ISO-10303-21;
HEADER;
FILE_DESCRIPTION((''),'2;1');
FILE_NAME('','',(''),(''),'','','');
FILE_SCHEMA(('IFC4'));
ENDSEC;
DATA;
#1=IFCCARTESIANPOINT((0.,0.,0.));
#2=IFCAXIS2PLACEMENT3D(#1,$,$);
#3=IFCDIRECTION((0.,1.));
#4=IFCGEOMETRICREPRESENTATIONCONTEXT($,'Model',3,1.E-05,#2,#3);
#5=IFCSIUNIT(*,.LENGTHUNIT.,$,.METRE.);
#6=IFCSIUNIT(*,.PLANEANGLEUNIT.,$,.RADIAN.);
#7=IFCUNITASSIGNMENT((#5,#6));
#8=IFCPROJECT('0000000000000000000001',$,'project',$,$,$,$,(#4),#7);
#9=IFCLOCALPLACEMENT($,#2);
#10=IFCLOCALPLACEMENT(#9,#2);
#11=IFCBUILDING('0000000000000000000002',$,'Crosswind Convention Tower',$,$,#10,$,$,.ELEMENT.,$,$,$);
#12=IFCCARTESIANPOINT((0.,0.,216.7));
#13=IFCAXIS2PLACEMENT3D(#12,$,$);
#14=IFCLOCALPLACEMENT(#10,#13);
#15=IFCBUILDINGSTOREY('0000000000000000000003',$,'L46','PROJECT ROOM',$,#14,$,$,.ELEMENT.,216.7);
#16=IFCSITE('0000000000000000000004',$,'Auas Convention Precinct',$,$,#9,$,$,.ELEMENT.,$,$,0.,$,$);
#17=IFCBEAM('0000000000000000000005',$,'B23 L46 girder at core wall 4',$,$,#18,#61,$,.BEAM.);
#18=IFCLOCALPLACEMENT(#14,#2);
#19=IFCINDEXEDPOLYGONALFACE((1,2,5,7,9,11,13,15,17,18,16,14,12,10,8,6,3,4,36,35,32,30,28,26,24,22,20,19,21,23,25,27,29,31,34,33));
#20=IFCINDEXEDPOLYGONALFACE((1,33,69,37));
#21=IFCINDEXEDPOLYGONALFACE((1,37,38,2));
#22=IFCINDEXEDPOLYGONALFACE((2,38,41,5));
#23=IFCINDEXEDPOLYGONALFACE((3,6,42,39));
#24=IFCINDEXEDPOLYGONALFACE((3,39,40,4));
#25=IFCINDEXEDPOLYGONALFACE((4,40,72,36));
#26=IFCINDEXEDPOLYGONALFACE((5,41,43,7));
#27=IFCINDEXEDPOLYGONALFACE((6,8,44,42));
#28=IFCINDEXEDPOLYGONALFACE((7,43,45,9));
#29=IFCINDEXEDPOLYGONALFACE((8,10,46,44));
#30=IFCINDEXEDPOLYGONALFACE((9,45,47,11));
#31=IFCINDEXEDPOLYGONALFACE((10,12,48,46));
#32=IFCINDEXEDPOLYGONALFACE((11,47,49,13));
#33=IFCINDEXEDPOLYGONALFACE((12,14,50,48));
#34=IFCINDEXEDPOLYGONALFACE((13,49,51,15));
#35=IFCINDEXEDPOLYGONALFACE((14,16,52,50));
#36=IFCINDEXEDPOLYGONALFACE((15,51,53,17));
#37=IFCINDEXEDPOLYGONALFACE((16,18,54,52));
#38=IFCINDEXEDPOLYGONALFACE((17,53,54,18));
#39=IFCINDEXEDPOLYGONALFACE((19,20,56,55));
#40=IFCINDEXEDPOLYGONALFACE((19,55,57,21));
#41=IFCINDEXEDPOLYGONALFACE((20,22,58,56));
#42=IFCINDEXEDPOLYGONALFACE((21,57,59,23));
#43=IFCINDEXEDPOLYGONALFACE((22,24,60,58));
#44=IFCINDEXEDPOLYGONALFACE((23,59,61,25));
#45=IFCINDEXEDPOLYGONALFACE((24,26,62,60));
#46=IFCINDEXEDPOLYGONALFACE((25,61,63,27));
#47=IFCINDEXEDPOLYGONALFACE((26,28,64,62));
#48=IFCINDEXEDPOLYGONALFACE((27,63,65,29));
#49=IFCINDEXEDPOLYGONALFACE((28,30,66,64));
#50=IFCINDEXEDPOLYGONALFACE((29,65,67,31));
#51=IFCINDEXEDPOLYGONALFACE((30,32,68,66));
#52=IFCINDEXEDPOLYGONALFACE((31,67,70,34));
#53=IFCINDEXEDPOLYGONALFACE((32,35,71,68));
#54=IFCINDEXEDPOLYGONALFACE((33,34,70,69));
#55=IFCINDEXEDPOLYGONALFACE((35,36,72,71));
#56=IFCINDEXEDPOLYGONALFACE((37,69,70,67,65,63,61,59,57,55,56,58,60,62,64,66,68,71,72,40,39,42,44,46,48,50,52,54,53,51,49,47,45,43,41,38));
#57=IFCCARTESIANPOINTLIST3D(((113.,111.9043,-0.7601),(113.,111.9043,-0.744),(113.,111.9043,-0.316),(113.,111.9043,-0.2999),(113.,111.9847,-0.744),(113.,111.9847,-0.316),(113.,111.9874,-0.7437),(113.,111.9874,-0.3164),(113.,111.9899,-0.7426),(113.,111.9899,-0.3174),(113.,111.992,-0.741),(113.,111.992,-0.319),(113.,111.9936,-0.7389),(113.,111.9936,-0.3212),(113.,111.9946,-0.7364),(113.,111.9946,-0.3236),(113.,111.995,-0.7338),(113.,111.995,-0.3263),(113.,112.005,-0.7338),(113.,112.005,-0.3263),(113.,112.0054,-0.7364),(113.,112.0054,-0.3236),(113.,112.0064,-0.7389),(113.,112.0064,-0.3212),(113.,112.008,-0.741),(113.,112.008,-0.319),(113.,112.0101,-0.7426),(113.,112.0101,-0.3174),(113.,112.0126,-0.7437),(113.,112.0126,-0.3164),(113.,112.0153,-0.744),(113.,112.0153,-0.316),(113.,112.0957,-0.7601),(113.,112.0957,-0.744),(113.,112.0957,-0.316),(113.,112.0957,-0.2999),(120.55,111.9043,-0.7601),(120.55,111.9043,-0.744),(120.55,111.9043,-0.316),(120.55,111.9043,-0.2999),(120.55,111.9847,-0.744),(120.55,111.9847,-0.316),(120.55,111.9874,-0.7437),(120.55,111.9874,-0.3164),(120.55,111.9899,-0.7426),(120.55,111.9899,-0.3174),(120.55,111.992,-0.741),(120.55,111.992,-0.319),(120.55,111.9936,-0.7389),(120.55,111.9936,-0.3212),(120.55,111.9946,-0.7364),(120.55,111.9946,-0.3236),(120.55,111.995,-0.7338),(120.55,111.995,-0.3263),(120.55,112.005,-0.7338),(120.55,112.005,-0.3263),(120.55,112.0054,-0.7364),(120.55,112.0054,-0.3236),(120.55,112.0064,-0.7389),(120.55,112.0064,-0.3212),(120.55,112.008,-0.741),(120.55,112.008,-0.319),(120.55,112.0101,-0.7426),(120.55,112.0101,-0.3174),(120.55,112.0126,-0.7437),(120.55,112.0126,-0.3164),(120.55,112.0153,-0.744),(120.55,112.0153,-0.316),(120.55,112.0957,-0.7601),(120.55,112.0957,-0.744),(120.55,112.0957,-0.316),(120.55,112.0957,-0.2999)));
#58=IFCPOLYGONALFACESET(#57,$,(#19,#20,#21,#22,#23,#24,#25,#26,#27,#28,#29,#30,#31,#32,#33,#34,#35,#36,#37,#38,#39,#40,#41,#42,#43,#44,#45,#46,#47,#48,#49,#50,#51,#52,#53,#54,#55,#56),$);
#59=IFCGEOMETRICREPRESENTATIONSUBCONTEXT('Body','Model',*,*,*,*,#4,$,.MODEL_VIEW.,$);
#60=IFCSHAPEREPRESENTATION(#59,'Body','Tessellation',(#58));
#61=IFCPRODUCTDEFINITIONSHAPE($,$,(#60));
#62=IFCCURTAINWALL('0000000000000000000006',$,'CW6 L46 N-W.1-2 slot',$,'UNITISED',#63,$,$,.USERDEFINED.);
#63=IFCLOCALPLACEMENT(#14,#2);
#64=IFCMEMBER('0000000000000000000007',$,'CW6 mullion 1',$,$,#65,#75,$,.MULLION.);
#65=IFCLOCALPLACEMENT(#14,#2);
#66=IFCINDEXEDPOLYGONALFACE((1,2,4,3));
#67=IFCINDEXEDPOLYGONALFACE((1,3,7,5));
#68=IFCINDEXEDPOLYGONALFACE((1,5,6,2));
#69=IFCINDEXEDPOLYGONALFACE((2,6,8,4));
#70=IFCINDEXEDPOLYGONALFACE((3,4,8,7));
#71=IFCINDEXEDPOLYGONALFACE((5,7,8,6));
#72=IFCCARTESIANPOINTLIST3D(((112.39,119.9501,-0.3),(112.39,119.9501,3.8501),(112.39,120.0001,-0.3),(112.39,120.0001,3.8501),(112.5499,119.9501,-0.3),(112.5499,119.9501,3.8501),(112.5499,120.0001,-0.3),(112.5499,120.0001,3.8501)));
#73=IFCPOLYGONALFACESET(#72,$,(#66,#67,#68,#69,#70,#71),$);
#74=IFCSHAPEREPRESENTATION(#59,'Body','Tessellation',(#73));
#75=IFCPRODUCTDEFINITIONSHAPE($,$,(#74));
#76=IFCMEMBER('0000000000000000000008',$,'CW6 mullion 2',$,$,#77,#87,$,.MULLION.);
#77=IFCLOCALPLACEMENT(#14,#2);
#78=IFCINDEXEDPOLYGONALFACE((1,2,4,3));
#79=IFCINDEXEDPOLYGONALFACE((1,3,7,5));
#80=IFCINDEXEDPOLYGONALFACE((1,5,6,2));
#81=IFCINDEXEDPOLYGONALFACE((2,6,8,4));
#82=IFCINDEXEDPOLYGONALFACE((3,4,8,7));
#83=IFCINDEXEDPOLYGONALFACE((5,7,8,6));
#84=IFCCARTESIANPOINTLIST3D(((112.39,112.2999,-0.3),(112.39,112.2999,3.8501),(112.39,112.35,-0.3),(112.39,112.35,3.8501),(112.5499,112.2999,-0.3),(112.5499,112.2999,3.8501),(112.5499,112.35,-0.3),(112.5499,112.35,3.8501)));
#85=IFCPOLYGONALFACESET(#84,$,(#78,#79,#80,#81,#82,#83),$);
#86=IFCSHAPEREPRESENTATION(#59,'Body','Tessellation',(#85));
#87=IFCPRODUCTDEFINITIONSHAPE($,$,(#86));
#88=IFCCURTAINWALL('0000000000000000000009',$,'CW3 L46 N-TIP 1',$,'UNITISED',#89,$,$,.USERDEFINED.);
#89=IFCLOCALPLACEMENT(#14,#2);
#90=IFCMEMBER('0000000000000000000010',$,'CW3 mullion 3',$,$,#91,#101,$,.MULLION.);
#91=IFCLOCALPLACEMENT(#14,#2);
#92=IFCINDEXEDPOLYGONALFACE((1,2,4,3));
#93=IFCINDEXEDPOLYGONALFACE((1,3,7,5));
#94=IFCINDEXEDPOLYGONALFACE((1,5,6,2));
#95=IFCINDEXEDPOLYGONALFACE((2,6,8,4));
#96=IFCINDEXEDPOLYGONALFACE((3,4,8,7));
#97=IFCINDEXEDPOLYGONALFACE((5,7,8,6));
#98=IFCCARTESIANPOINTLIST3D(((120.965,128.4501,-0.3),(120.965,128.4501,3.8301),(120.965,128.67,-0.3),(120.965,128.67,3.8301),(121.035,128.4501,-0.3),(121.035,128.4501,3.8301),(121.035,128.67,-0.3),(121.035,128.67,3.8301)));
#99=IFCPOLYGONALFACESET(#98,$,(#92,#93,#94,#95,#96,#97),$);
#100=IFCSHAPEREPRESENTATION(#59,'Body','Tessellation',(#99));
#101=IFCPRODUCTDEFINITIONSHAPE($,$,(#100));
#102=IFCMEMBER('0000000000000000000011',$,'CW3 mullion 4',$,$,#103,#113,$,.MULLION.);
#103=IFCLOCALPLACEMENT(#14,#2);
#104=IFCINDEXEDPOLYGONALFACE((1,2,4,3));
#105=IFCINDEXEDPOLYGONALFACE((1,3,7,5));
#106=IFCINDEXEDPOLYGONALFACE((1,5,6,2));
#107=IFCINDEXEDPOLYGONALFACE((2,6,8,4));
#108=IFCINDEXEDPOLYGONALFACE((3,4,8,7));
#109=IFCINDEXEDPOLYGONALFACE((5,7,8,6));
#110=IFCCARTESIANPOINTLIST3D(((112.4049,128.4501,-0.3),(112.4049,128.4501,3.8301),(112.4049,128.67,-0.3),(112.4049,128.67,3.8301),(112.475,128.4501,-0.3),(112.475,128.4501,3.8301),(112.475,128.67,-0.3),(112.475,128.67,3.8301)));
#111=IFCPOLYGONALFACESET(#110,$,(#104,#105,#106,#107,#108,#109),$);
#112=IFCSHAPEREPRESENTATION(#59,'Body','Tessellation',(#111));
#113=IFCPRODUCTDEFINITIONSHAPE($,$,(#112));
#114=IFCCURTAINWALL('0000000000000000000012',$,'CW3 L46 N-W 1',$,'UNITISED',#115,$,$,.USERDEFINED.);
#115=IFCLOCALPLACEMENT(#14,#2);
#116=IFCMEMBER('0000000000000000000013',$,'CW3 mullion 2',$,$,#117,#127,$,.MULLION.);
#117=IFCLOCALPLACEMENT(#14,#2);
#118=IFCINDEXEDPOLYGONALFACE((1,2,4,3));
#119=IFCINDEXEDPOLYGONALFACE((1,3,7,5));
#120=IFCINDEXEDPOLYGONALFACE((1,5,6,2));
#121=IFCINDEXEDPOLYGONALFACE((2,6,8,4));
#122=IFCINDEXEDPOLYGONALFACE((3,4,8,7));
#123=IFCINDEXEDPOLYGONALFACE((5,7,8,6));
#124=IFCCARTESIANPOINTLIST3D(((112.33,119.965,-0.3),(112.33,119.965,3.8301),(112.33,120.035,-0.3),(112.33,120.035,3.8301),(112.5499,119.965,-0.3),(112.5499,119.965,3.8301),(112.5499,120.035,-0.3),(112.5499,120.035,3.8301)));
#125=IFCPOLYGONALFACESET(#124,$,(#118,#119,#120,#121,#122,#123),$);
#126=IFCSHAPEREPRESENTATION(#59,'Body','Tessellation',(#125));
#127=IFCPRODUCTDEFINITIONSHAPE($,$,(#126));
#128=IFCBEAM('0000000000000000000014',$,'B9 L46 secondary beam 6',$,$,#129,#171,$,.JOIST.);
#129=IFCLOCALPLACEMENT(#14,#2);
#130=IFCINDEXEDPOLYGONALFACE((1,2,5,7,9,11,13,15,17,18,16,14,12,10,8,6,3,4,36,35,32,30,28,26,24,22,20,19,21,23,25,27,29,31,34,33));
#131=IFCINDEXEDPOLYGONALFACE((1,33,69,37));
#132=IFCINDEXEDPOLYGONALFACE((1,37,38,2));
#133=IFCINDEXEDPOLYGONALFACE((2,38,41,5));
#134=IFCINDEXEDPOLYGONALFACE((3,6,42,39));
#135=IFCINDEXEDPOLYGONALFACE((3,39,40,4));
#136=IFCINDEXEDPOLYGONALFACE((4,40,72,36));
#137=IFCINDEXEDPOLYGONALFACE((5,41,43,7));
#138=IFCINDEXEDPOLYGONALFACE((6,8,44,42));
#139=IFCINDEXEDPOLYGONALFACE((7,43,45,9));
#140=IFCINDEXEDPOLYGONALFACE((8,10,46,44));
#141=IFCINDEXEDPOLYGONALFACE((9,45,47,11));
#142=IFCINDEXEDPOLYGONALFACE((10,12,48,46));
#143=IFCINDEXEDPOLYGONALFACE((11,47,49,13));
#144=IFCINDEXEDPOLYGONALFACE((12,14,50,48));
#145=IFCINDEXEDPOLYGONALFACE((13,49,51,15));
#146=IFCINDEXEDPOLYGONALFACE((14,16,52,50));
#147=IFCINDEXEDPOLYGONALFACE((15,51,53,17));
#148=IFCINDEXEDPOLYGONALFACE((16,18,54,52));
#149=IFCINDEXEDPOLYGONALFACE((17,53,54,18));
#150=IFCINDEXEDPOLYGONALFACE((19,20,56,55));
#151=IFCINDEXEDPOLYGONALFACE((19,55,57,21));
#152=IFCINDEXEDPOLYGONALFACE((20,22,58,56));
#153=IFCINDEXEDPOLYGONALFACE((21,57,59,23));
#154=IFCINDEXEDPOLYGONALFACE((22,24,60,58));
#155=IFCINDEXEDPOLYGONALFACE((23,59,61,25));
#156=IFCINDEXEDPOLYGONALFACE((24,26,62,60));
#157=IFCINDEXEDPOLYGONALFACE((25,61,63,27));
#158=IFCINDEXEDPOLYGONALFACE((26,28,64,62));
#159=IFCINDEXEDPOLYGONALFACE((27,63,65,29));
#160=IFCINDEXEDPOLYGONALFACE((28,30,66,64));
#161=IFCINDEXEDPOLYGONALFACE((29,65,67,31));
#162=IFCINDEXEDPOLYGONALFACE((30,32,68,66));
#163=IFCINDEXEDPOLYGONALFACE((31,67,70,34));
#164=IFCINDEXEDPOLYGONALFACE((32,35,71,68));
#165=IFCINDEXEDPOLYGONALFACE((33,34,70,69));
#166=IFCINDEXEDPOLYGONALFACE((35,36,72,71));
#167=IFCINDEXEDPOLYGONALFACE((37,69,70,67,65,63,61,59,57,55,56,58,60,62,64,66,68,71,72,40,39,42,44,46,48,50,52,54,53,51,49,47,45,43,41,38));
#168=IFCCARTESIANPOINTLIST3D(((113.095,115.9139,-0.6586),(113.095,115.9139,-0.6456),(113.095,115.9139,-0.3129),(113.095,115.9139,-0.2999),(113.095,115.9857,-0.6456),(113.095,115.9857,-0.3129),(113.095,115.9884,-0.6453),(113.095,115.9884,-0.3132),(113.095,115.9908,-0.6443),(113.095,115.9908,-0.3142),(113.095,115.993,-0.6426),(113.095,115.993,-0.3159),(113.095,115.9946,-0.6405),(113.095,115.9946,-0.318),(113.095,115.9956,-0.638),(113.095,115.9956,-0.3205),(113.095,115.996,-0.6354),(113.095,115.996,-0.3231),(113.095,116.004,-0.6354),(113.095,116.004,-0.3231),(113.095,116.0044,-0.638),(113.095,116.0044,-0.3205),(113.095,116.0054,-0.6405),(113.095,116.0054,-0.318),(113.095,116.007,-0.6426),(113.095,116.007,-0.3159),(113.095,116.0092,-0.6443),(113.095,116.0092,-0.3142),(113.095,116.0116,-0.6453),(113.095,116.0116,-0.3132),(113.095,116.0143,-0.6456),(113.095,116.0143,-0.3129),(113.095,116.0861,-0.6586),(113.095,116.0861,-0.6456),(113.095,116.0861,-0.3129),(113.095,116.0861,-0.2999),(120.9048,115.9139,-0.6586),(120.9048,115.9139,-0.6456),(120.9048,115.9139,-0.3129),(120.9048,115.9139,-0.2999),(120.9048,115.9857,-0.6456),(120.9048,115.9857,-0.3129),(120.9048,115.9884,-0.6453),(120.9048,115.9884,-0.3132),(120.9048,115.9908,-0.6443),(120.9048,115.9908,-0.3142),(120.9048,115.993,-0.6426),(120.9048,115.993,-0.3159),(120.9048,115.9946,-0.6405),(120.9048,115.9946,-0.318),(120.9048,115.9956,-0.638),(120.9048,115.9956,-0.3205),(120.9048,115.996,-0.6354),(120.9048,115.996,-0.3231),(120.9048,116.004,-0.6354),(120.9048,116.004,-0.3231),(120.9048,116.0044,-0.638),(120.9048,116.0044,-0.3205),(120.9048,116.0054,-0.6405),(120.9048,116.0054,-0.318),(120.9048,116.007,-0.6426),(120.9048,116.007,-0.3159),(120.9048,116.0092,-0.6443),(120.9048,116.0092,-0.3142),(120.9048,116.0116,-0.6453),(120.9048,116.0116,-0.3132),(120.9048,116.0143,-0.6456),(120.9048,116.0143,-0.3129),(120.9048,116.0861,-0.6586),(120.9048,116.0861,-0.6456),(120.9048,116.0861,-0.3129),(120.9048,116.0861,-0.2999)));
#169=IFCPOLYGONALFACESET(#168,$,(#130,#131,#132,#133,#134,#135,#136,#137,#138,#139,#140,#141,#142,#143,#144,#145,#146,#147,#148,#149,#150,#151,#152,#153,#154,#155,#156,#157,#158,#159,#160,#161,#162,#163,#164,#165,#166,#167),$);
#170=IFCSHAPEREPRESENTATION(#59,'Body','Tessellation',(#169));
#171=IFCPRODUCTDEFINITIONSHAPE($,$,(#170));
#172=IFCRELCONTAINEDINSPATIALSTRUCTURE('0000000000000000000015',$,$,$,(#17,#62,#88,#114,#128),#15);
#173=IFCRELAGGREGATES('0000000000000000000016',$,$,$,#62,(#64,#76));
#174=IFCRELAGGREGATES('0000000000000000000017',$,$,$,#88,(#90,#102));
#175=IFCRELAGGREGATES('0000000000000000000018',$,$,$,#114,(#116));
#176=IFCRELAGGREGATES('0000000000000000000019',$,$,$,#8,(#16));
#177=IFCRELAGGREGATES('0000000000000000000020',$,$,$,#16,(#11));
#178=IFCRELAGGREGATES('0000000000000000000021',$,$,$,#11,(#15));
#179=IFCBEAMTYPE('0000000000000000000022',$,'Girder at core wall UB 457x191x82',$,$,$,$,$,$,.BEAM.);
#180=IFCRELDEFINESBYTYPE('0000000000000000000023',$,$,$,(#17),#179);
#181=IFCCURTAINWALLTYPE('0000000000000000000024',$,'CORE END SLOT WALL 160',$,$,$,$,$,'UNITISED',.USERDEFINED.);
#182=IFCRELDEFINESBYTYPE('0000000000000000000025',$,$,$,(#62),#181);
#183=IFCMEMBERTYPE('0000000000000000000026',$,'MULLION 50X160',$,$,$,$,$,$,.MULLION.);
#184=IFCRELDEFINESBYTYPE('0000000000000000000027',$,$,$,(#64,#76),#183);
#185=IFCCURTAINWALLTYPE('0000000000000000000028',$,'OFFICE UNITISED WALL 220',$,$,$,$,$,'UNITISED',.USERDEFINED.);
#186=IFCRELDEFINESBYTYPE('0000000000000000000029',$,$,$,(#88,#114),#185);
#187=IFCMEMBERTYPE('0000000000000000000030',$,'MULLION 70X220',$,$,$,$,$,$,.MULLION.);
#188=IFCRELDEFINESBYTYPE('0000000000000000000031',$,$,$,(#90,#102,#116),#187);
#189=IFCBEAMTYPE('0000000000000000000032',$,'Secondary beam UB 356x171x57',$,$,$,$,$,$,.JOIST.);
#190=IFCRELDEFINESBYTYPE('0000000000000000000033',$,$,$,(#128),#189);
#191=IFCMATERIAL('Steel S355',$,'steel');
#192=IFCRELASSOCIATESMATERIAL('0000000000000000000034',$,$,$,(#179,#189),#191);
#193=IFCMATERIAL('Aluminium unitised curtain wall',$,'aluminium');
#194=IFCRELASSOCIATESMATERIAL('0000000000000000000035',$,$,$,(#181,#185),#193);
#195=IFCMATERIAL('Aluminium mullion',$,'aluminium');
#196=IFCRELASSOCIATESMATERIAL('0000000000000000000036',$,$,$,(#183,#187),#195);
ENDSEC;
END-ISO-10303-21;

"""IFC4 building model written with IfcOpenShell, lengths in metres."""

from ifc_helpers import new_model, si_unit, direction, frame, origin, origin_2d, place, context, subcontext, project, spatial, rectangle, i_section, extrude, material, material_profile, profile_set, type_object, element, aggregate, save


model = new_model("IFC4")

# Units and contexts
model_context = context("Model", 3, precision=1e-05, world=origin(), true_north=direction((0.0, 1.0)))
body_context = subcontext(model_context, "Body", "Model", "MODEL_VIEW")
ifc_project = project(units=[si_unit("LENGTHUNIT", "METRE"), si_unit("PLANEANGLEUNIT", "RADIAN")], contexts=[model_context])

# Site, building, storey
site_placement = place(None, origin())
site = spatial("IfcSite", under=ifc_project, at=site_placement, Name="Auas Convention Precinct", CompositionType="ELEMENT", RefElevation=0.0)
building_placement = place(site_placement, origin())
building = spatial("IfcBuilding", under=site, at=building_placement, Name="Crosswind Convention Tower", CompositionType="ELEMENT")
storey_placement = place(building_placement, frame((0.0, 0.0, 216.7)))
storey = spatial("IfcBuildingStorey", under=building, at=storey_placement, Name="L46", Description="PROJECT ROOM", CompositionType="ELEMENT", Elevation=216.7)

# Beam
ifc_material_1 = material(Name="Steel S355", Category="steel")
ifc_material_profile_1 = material_profile(ifc_material_1, i_section(OverallWidth=0.1914, OverallDepth=0.4602, WebThickness=0.01, FlangeThickness=0.0161, FilletRadius=0.0103, at=origin_2d()), Name="UB 457x191x82")
ifc_profile_set_1 = profile_set([ifc_material_profile_1], Name="Steel S355")
beam_type_1 = type_object("IfcBeamType", Name="Girder at core wall UB 457x191x82", PredefinedType="BEAM", material=ifc_profile_set_1)
beam_1_placement = place(storey_placement, frame((113.0, 112.0, -0.53), z_axis=(1.0, 0.0, 0.0), x_axis=(0.0, 1.0, 0.0)))
element("IfcBeam", 1, at=beam_1_placement, inside=storey, type_object=beam_type_1, Name="B23 L46 girder at core wall 4", PredefinedType="BEAM", context=body_context, shape_type="SweptSolid", body=[
    extrude(i_section(OverallWidth=0.1914, OverallDepth=0.4602, WebThickness=0.01, FlangeThickness=0.0161, FilletRadius=0.0103, at=origin_2d()), origin(), (0.0, 0.0, 1.0), 7.55),
])

# Curtain walls, members
ifc_material_2 = material(Name="Aluminium unitised curtain wall", Category="aluminium")
curtain_wall_type_1 = type_object("IfcCurtainWallType", Name="CORE END SLOT WALL 160", ElementType="UNITISED", PredefinedType="USERDEFINED", material=ifc_material_2)
curtain_wall_1_placement = place(storey_placement, origin())
curtain_wall_1 = element("IfcCurtainWall", 2, at=curtain_wall_1_placement, inside=storey, type_object=curtain_wall_type_1, Name="CW6 L46 N-W.1-2 slot", ObjectType="UNITISED", PredefinedType="USERDEFINED")
ifc_material_3 = material(Name="Aluminium mullion", Category="aluminium")
ifc_material_profile_2 = material_profile(ifc_material_3, rectangle(XDim=0.1599, YDim=0.05, at=origin_2d()), Name="AL 160X50")
ifc_profile_set_2 = profile_set([ifc_material_profile_2], Name="Aluminium mullion")
member_type_1 = type_object("IfcMemberType", Name="MULLION 50X160", PredefinedType="MULLION", material=ifc_profile_set_2)
member_1_placement = place(storey_placement, frame((112.47, 119.9751, -0.3), z_axis=(0.0, 0.0, 1.0), x_axis=(-1.0, 0.0, 0.0)))
member_1 = element("IfcMember", 3, at=member_1_placement, type_object=member_type_1, Name="CW6 mullion 1", PredefinedType="MULLION", context=body_context, shape_type="SweptSolid", body=[
    extrude(rectangle(XDim=0.1599, YDim=0.05, at=origin_2d()), origin(), (0.0, 0.0, 1.0), 4.1501),
])
member_2_placement = place(storey_placement, frame((112.47, 112.325, -0.3), z_axis=(0.0, 0.0, 1.0), x_axis=(-1.0, 0.0, 0.0)))
member_2 = element("IfcMember", 4, at=member_2_placement, type_object=member_type_1, Name="CW6 mullion 2", PredefinedType="MULLION", context=body_context, shape_type="SweptSolid", body=[
    extrude(rectangle(XDim=0.1599, YDim=0.05, at=origin_2d()), origin(), (0.0, 0.0, 1.0), 4.1501),
])
curtain_wall_type_2 = type_object("IfcCurtainWallType", Name="OFFICE UNITISED WALL 220", ElementType="UNITISED", PredefinedType="USERDEFINED", material=ifc_material_2)
curtain_wall_2_placement = place(storey_placement, origin())
curtain_wall_2 = element("IfcCurtainWall", 5, at=curtain_wall_2_placement, inside=storey, type_object=curtain_wall_type_2, Name="CW3 L46 N-TIP 1", ObjectType="UNITISED", PredefinedType="USERDEFINED")
ifc_material_profile_3 = material_profile(ifc_material_3, rectangle(XDim=0.22, YDim=0.0701, at=origin_2d()), Name="AL 220X70")
ifc_profile_set_3 = profile_set([ifc_material_profile_3], Name="Aluminium mullion")
member_type_2 = type_object("IfcMemberType", Name="MULLION 70X220", PredefinedType="MULLION", material=ifc_profile_set_3)
member_3_placement = place(storey_placement, frame((121.0, 128.5601, -0.3), z_axis=(0.0, 0.0, 1.0), x_axis=(0.0, 1.0, 0.0)))
member_3 = element("IfcMember", 6, at=member_3_placement, type_object=member_type_2, Name="CW3 mullion 3", PredefinedType="MULLION", context=body_context, shape_type="SweptSolid", body=[
    extrude(rectangle(XDim=0.22, YDim=0.0701, at=origin_2d()), origin(), (0.0, 0.0, 1.0), 4.1301),
])
member_4_placement = place(storey_placement, frame((112.4399, 128.5601, -0.3), z_axis=(0.0, 0.0, 1.0), x_axis=(0.0, 1.0, 0.0)))
member_4 = element("IfcMember", 7, at=member_4_placement, type_object=member_type_2, Name="CW3 mullion 4", PredefinedType="MULLION", context=body_context, shape_type="SweptSolid", body=[
    extrude(rectangle(XDim=0.22, YDim=0.0701, at=origin_2d()), origin(), (0.0, 0.0, 1.0), 4.1301),
])

# Curtain wall, member
curtain_wall_3_placement = place(storey_placement, origin())
curtain_wall_3 = element("IfcCurtainWall", 8, at=curtain_wall_3_placement, inside=storey, type_object=curtain_wall_type_2, Name="CW3 L46 N-W 1", ObjectType="UNITISED", PredefinedType="USERDEFINED")
member_5_placement = place(storey_placement, frame((112.4399, 120.0, -0.3), z_axis=(0.0, 0.0, 1.0), x_axis=(-1.0, 0.0, 0.0)))
member_5 = element("IfcMember", 9, at=member_5_placement, type_object=member_type_2, Name="CW3 mullion 2", PredefinedType="MULLION", context=body_context, shape_type="SweptSolid", body=[
    extrude(rectangle(XDim=0.22, YDim=0.0701, at=origin_2d()), origin(), (0.0, 0.0, 1.0), 4.1301),
])

# Beam
ifc_material_profile_4 = material_profile(ifc_material_1, i_section(OverallWidth=0.1721, OverallDepth=0.3586, WebThickness=0.0081, FlangeThickness=0.0129, FilletRadius=0.0103, at=origin_2d()), Name="UB 356x171x57")
ifc_profile_set_4 = profile_set([ifc_material_profile_4], Name="Steel S355")
beam_type_2 = type_object("IfcBeamType", Name="Secondary beam UB 356x171x57", PredefinedType="JOIST", material=ifc_profile_set_4)
for number, where, z_axis, x_axis, name in (
    (10, (113.095, 116.0, -0.4792), (1.0, 0.0, 0.0), (0.0, 1.0, 0.0), "B9 L46 secondary beam 6"),
):
    element("IfcBeam", number, at=place(storey_placement, frame(where, z_axis=z_axis, x_axis=x_axis)), inside=storey, type_object=beam_type_2, Name=name, PredefinedType="JOIST", context=body_context, shape_type="SweptSolid", body=[
        extrude(i_section(OverallWidth=0.1721, OverallDepth=0.3586, WebThickness=0.0081, FlangeThickness=0.0129, FilletRadius=0.0103, at=origin_2d()), origin(), (0.0, 0.0, 1.0), 7.8098),
    ])

aggregate(curtain_wall_1, [member_1, member_2])
aggregate(curtain_wall_2, [member_3, member_4])

aggregate(curtain_wall_3, [member_5])

save(model, "model.ifc")
